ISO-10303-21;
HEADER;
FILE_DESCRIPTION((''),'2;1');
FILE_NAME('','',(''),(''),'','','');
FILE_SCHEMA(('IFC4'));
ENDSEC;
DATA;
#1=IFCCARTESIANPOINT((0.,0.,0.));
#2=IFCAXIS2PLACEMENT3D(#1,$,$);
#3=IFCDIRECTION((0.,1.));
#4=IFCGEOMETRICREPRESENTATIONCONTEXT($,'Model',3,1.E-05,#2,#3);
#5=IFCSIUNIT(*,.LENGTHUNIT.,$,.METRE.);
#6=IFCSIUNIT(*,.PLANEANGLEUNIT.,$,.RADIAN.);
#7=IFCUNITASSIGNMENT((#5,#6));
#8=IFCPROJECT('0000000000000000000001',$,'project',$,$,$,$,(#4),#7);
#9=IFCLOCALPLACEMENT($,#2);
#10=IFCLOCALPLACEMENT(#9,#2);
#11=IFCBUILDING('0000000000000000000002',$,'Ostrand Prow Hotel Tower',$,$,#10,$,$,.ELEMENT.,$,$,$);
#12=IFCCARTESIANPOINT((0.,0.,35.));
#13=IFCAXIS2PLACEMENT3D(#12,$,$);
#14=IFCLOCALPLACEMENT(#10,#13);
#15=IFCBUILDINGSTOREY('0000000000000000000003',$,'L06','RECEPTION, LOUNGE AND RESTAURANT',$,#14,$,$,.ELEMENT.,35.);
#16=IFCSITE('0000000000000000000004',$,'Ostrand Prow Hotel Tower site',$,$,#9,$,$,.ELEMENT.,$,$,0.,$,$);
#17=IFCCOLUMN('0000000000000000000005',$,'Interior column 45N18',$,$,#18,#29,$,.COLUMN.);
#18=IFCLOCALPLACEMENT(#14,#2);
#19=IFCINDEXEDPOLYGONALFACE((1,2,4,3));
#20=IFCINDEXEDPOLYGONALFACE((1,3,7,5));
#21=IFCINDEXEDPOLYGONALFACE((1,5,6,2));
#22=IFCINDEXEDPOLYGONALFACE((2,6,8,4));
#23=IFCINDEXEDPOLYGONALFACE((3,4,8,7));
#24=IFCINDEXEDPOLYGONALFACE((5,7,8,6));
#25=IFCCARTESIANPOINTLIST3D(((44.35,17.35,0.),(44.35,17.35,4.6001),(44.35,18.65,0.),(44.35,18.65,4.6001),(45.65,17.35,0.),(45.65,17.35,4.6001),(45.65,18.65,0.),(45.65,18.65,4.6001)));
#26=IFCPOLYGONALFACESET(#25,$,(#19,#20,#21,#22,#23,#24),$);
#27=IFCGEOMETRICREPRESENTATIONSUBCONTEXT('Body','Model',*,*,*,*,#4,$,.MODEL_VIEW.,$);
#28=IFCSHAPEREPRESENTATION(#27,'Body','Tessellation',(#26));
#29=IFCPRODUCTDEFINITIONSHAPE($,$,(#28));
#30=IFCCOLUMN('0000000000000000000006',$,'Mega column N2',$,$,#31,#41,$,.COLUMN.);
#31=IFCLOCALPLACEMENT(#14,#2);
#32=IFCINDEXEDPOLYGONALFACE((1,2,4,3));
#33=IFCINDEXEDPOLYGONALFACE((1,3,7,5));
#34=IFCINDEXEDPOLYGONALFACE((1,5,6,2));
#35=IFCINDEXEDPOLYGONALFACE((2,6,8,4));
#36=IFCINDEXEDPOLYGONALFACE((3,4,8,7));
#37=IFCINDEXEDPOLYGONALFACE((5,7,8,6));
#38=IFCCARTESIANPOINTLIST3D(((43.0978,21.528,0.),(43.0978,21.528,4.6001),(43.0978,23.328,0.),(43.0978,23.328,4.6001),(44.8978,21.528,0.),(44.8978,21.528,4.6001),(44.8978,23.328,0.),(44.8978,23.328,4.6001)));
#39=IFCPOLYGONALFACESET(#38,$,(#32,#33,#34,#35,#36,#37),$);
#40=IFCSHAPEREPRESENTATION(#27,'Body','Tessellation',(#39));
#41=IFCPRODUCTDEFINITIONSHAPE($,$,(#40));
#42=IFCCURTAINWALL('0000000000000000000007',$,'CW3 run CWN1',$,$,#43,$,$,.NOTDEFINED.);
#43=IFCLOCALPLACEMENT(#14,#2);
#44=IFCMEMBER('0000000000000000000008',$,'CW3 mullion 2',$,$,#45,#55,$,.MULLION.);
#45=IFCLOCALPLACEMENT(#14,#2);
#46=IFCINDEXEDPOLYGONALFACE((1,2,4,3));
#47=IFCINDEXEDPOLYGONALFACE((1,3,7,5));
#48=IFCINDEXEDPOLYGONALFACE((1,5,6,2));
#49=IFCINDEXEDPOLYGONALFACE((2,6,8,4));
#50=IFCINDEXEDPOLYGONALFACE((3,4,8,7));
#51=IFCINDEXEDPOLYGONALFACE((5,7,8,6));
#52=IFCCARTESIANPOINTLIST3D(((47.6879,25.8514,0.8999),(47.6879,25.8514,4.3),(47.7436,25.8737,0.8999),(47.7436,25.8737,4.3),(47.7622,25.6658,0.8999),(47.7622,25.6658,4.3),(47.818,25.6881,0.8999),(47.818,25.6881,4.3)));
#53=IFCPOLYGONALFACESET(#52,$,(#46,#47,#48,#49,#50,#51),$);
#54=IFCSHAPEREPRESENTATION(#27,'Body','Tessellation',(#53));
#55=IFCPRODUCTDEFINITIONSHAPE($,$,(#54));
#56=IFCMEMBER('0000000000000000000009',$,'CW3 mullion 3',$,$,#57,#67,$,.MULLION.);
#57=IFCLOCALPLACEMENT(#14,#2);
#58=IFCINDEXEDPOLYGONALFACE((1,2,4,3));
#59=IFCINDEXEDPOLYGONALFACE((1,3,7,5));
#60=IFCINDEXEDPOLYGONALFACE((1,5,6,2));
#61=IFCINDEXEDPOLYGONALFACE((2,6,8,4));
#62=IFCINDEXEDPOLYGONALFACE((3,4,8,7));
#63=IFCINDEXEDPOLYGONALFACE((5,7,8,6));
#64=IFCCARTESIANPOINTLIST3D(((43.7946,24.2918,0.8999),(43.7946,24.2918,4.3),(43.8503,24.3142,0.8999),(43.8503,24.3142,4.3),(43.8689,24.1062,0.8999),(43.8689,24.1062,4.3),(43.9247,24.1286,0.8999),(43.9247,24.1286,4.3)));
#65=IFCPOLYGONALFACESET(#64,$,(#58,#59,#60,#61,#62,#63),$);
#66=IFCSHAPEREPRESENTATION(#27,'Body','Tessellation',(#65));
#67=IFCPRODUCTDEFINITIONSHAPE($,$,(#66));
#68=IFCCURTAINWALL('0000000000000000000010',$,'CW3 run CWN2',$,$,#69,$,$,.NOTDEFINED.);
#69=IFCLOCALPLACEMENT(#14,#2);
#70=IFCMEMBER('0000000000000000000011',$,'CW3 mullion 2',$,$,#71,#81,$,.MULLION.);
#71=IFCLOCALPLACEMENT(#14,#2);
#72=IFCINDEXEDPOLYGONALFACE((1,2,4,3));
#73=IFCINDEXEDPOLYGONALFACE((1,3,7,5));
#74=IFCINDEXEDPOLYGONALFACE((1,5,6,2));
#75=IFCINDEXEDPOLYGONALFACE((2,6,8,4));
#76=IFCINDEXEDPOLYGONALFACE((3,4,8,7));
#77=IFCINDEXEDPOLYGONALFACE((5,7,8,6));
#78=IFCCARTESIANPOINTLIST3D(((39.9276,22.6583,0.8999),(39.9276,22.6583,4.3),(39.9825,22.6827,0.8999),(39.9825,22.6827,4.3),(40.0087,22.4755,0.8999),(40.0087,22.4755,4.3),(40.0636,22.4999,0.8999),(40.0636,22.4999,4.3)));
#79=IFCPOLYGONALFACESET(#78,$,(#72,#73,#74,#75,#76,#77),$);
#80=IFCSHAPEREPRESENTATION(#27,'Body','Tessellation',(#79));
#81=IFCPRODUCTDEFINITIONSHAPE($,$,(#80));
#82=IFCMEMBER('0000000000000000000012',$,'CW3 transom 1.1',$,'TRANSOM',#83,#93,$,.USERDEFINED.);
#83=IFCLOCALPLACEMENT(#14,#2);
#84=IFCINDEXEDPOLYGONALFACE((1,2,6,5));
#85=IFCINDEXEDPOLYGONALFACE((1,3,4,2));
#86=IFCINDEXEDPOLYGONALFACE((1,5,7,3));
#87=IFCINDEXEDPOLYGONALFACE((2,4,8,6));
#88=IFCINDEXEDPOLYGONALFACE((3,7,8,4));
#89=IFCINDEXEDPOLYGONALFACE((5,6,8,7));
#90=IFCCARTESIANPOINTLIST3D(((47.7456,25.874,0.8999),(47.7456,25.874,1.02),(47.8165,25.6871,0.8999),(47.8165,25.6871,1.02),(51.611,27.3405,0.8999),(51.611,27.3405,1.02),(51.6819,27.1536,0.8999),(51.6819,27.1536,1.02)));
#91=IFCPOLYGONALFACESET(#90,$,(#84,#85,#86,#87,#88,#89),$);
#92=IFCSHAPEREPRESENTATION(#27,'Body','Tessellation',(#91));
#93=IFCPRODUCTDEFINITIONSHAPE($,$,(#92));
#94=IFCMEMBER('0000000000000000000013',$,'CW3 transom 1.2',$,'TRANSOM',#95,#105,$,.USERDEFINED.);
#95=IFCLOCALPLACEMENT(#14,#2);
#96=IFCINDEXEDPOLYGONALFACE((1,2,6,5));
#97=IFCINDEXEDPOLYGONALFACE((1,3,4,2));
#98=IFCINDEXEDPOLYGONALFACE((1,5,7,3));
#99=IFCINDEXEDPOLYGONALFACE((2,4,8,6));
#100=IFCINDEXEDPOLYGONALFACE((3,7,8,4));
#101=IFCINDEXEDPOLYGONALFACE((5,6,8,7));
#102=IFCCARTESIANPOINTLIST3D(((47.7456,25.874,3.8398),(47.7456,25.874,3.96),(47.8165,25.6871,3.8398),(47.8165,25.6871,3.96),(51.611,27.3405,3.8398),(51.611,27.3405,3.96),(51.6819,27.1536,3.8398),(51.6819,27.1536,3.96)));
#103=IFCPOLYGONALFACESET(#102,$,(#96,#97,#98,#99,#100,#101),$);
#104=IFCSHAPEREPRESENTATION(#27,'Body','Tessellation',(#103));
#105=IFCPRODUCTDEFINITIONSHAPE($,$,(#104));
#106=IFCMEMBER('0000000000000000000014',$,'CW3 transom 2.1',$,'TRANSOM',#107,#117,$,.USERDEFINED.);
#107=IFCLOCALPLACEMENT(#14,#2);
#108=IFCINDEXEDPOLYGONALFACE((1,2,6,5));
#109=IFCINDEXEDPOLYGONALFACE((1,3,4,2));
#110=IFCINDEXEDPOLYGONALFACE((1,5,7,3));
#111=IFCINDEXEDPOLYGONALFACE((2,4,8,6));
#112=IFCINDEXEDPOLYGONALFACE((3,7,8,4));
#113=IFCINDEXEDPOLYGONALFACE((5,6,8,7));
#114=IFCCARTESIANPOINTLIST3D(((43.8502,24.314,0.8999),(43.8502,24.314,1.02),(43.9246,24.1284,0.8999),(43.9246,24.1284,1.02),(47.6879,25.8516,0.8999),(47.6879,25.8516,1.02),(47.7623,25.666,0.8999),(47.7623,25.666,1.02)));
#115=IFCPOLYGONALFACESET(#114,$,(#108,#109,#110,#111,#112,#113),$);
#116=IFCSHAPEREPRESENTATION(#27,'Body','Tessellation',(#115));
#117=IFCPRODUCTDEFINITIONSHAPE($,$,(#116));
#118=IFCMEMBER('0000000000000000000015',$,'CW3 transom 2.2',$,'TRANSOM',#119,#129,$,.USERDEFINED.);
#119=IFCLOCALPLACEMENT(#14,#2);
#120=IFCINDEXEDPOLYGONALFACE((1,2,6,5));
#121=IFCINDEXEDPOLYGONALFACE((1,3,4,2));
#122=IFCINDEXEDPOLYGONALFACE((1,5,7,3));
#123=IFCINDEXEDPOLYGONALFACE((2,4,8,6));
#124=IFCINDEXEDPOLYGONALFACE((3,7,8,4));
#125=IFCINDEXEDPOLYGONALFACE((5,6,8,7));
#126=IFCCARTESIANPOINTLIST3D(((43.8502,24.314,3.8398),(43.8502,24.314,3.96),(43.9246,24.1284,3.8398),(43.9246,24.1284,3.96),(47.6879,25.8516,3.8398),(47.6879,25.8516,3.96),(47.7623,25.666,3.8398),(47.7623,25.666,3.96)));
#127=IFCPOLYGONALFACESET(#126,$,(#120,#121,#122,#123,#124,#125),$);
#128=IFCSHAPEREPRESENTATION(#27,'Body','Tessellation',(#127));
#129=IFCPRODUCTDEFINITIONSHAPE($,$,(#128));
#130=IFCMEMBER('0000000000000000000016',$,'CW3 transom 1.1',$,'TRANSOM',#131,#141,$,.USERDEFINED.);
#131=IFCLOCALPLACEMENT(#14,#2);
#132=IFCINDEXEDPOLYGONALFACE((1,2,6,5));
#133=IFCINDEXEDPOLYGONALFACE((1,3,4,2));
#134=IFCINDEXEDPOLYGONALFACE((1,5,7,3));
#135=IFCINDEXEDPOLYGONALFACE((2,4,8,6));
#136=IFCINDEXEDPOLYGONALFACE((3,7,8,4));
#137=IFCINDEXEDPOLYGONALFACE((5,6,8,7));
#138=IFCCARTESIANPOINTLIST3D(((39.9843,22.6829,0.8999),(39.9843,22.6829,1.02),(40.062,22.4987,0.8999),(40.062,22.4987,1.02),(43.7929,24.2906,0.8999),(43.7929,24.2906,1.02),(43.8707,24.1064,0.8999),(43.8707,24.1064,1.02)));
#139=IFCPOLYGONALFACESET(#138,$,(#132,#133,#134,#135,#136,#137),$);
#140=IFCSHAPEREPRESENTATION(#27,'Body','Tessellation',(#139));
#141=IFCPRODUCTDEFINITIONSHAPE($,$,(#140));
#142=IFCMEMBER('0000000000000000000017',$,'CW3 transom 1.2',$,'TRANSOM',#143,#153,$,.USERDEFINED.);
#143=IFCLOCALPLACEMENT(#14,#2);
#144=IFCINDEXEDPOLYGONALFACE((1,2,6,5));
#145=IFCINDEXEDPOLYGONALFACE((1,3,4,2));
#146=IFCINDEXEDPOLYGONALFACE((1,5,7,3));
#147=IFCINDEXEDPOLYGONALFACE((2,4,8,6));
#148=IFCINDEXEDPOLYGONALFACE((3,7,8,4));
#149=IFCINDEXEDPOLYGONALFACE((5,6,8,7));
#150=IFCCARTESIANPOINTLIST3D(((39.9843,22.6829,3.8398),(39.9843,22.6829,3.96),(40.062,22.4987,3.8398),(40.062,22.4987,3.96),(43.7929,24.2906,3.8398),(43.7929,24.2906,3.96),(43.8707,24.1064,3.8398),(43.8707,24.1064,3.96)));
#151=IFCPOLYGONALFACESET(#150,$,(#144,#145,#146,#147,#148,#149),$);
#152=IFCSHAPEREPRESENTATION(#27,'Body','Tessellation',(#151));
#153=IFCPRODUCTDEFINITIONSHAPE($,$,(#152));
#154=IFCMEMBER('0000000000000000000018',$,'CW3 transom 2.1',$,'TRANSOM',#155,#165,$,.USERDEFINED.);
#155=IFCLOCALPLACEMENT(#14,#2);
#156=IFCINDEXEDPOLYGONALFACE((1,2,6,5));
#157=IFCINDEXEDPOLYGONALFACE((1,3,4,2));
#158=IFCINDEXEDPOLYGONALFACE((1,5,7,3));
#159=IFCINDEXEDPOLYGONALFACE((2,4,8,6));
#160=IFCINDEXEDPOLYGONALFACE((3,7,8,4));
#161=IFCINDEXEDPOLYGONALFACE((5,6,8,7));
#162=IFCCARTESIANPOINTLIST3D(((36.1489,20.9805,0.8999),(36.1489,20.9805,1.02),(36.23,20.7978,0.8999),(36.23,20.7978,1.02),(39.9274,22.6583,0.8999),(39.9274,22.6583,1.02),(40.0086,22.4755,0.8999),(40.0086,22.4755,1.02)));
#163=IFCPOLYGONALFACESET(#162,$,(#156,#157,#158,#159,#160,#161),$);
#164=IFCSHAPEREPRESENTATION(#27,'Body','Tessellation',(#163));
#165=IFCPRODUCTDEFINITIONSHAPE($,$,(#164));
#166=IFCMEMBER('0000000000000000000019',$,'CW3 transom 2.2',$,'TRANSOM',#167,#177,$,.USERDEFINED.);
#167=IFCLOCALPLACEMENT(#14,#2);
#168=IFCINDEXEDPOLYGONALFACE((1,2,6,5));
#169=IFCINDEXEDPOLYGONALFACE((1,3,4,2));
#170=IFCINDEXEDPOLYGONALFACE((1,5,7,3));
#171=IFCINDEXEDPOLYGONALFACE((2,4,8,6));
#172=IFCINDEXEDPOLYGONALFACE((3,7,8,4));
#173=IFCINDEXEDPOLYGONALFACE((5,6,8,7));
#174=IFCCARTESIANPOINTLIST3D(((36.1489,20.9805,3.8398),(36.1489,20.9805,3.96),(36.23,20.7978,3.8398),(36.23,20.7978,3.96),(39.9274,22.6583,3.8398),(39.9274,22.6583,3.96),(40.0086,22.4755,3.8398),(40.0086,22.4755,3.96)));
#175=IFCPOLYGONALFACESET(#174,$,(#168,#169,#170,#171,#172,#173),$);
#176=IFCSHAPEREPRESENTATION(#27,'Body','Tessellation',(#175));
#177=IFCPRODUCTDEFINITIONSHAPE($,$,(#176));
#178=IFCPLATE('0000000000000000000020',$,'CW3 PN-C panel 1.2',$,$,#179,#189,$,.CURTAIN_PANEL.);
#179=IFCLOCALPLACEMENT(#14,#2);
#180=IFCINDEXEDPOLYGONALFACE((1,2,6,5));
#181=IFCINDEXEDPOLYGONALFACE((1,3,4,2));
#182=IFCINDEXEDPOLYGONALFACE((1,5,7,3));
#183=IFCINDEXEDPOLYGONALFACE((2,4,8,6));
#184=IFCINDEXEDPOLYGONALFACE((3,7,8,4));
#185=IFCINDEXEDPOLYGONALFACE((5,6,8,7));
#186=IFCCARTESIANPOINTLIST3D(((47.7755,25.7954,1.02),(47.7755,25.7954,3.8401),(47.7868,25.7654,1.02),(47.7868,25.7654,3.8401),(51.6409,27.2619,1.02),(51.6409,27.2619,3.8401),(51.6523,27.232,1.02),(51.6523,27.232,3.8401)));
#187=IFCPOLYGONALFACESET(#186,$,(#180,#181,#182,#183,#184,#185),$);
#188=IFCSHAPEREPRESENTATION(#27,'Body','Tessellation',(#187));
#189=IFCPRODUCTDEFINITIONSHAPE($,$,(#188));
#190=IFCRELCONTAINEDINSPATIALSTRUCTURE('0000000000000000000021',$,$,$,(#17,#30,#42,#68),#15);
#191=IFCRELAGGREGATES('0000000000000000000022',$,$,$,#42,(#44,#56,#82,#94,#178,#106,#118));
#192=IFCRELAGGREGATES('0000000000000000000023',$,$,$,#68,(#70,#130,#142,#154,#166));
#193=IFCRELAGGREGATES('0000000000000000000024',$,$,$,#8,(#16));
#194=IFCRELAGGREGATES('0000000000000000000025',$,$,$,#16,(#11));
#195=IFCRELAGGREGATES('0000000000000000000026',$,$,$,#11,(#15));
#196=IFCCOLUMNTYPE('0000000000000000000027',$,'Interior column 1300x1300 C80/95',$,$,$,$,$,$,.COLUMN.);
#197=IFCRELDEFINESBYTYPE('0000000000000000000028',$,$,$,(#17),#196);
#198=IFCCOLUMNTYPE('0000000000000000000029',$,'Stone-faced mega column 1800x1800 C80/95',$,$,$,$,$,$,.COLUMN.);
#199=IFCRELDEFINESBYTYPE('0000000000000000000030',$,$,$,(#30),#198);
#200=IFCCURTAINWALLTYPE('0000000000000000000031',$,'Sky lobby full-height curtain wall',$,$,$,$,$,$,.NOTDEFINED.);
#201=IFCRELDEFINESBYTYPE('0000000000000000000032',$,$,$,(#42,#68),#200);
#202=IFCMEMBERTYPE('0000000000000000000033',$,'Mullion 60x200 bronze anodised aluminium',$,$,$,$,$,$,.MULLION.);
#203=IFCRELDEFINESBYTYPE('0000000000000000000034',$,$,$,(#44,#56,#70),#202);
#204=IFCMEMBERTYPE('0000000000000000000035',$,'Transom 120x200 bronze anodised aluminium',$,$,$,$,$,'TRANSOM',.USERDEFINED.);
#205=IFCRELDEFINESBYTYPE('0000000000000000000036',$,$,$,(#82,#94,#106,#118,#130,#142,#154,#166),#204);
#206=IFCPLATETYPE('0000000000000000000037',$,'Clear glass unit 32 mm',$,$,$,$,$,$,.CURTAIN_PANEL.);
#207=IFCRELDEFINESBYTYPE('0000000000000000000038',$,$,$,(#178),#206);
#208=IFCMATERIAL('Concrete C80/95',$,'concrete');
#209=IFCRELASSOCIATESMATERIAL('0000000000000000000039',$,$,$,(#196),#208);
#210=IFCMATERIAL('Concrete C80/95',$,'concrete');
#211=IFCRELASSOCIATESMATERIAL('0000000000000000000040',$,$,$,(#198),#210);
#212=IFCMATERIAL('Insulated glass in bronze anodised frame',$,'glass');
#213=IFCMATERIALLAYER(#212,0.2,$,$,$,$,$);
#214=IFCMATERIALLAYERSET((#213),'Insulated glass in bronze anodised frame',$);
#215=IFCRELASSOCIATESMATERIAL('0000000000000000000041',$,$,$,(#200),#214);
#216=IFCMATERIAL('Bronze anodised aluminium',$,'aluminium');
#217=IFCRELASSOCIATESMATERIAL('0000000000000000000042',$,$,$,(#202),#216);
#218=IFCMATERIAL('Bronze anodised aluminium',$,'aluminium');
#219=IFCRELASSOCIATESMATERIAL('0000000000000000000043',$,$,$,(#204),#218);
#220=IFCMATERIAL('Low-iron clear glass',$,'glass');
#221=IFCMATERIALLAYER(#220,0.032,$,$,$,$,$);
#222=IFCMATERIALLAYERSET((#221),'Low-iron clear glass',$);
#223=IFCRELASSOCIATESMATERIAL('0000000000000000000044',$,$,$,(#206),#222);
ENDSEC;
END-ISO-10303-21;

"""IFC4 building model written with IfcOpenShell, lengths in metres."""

from ifc_helpers import new_model, si_unit, direction, frame, origin, origin_2d, place, context, subcontext, project, spatial, rectangle, extrude, material, layer, layer_set, material_profile, profile_set, type_object, element, aggregate, save


model = new_model("IFC4")

# Units and contexts
model_context = context("Model", 3, precision=1e-05, world=origin(), true_north=direction((0.0, 1.0)))
body_context = subcontext(model_context, "Body", "Model", "MODEL_VIEW")
ifc_project = project(units=[si_unit("LENGTHUNIT", "METRE"), si_unit("PLANEANGLEUNIT", "RADIAN")], contexts=[model_context])

# Site, building, storey
site_placement = place(None, origin())
site = spatial("IfcSite", under=ifc_project, at=site_placement, Name="Ostrand Prow Hotel Tower site", CompositionType="ELEMENT", RefElevation=0.0)
building_placement = place(site_placement, origin())
building = spatial("IfcBuilding", under=site, at=building_placement, Name="Ostrand Prow Hotel Tower", CompositionType="ELEMENT")
storey_placement = place(building_placement, frame((0.0, 0.0, 35.0)))
storey = spatial("IfcBuildingStorey", under=building, at=storey_placement, Name="L06", Description="RECEPTION, LOUNGE AND RESTAURANT", CompositionType="ELEMENT", Elevation=35.0)

# Columns
ifc_material_1 = material(Name="Concrete C80/95", Category="concrete")
ifc_material_profile_1 = material_profile(ifc_material_1, rectangle(XDim=1.3, YDim=1.3, at=origin_2d()), Name="RC 1300x1300")
ifc_profile_set_1 = profile_set([ifc_material_profile_1], Name="Concrete C80/95")
column_type_1 = type_object("IfcColumnType", Name="Interior column 1300x1300 C80/95", PredefinedType="COLUMN", material=ifc_profile_set_1)
column_1_placement = place(storey_placement, frame((45.0, 18.0, 0.0), z_axis=(0.0, 0.0, 1.0), x_axis=(1.0, 0.0, 0.0)))
element("IfcColumn", 1, at=column_1_placement, inside=storey, type_object=column_type_1, Name="Interior column 45N18", PredefinedType="COLUMN", context=body_context, shape_type="SweptSolid", body=[
    extrude(rectangle(XDim=1.3, YDim=1.3, at=origin_2d()), origin(), (0.0, 0.0, 1.0), 4.6001),
])
ifc_material_2 = material(Name="Concrete C80/95", Category="concrete")
ifc_material_profile_2 = material_profile(ifc_material_2, rectangle(XDim=1.8, YDim=1.8, at=origin_2d()), Name="RC 1800x1800")
ifc_profile_set_2 = profile_set([ifc_material_profile_2], Name="Concrete C80/95")
column_type_2 = type_object("IfcColumnType", Name="Stone-faced mega column 1800x1800 C80/95", PredefinedType="COLUMN", material=ifc_profile_set_2)
column_2_placement = place(storey_placement, frame((43.9978, 22.428, 0.0), z_axis=(0.0, 0.0, 1.0), x_axis=(1.0, 0.0, 0.0)))
element("IfcColumn", 2, at=column_2_placement, inside=storey, type_object=column_type_2, Name="Mega column N2", PredefinedType="COLUMN", context=body_context, shape_type="SweptSolid", body=[
    extrude(rectangle(XDim=1.8, YDim=1.8, at=origin_2d()), origin(), (0.0, 0.0, 1.0), 4.6001),
])

# Curtain wall, members
ifc_material_3 = material(Name="Insulated glass in bronze anodised frame", Category="glass")
ifc_layer_1 = layer(ifc_material_3, 0.2)
ifc_layer_set_1 = layer_set([ifc_layer_1], Name="Insulated glass in bronze anodised frame")
curtain_wall_type = type_object("IfcCurtainWallType", Name="Sky lobby full-height curtain wall", PredefinedType="NOTDEFINED", material=ifc_layer_set_1)
curtain_wall_1_placement = place(storey_placement, origin())
curtain_wall_1 = element("IfcCurtainWall", 3, at=curtain_wall_1_placement, inside=storey, type_object=curtain_wall_type, Name="CW3 run CWN1", PredefinedType="NOTDEFINED")
ifc_material_4 = material(Name="Bronze anodised aluminium", Category="aluminium")
ifc_material_profile_3 = material_profile(ifc_material_4, rectangle(XDim=0.2, YDim=0.0601, at=origin_2d()), Name="Mullion 60x200 bronze anodised aluminium")
ifc_profile_set_3 = profile_set([ifc_material_profile_3], Name="Bronze anodised aluminium")
member_type_1 = type_object("IfcMemberType", Name="Mullion 60x200 bronze anodised aluminium", PredefinedType="MULLION", material=ifc_profile_set_3)
member_1_placement = place(storey_placement, frame((47.7529, 25.7698, 0.8999), z_axis=(0.0, 0.0, 1.0), x_axis=(0.371873, -0.928283, 0.0)))
member_1 = element("IfcMember", 4, at=member_1_placement, type_object=member_type_1, Name="CW3 mullion 2", PredefinedType="MULLION", context=body_context, shape_type="SweptSolid", body=[
    extrude(rectangle(XDim=0.2, YDim=0.0601, at=origin_2d()), origin(), (0.0, 0.0, 1.0), 3.4001),
])
member_2_placement = place(storey_placement, frame((43.8596, 24.2102, 0.8999), z_axis=(0.0, 0.0, 1.0), x_axis=(0.371873, -0.928283, 0.0)))
member_2 = element("IfcMember", 5, at=member_2_placement, type_object=member_type_1, Name="CW3 mullion 3", PredefinedType="MULLION", context=body_context, shape_type="SweptSolid", body=[
    extrude(rectangle(XDim=0.2, YDim=0.0601, at=origin_2d()), origin(), (0.0, 0.0, 1.0), 3.4001),
])

# Curtain wall, member
curtain_wall_2_placement = place(storey_placement, origin())
curtain_wall_2 = element("IfcCurtainWall", 6, at=curtain_wall_2_placement, inside=storey, type_object=curtain_wall_type, Name="CW3 run CWN2", PredefinedType="NOTDEFINED")
member_3_placement = place(storey_placement, frame((39.9956, 22.5791, 0.8999), z_axis=(0.0, 0.0, 1.0), x_axis=(0.40578, -0.913971, 0.0)))
member_3 = element("IfcMember", 7, at=member_3_placement, type_object=member_type_1, Name="CW3 mullion 2", PredefinedType="MULLION", context=body_context, shape_type="SweptSolid", body=[
    extrude(rectangle(XDim=0.2, YDim=0.0601, at=origin_2d()), origin(), (0.0, 0.0, 1.0), 3.4001),
])

# Members
ifc_material_5 = material(Name="Bronze anodised aluminium", Category="aluminium")
ifc_material_profile_4 = material_profile(ifc_material_5, rectangle(XDim=0.2, YDim=0.1201, at=origin_2d()), Name="Transom 120x200 bronze anodised aluminium")
ifc_profile_set_4 = profile_set([ifc_material_profile_4], Name="Bronze anodised aluminium")
member_type_2 = type_object("IfcMemberType", Name="Transom 120x200 bronze anodised aluminium", ElementType="TRANSOM", PredefinedType="USERDEFINED", material=ifc_profile_set_4)
member_4_placement = place(storey_placement, frame((51.6465, 27.2471, 0.96), z_axis=(-0.934971, -0.354725, 0.0), x_axis=(0.354725, -0.934971, 0.0)))
member_4 = element("IfcMember", 8, at=member_4_placement, type_object=member_type_2, Name="CW3 transom 1.1", ObjectType="TRANSOM", PredefinedType="USERDEFINED", context=body_context, shape_type="SweptSolid", body=[
    extrude(rectangle(XDim=0.2, YDim=0.1201, at=origin_2d()), origin(), (0.0, 0.0, 1.0), 4.1343),
])
member_5_placement = place(storey_placement, frame((51.6465, 27.2471, 3.8999), z_axis=(-0.934971, -0.354725, 0.0), x_axis=(0.354725, -0.934971, 0.0)))
member_5 = element("IfcMember", 9, at=member_5_placement, type_object=member_type_2, Name="CW3 transom 1.2", ObjectType="TRANSOM", PredefinedType="USERDEFINED", context=body_context, shape_type="SweptSolid", body=[
    extrude(rectangle(XDim=0.2, YDim=0.1201, at=origin_2d()), origin(), (0.0, 0.0, 1.0), 4.1343),
])
member_6_placement = place(storey_placement, frame((47.7251, 25.7588, 0.96), z_axis=(-0.928265, -0.37192, 0.0), x_axis=(0.37192, -0.928265, 0.0)))
member_6 = element("IfcMember", 10, at=member_6_placement, type_object=member_type_2, Name="CW3 transom 2.1", ObjectType="TRANSOM", PredefinedType="USERDEFINED", context=body_context, shape_type="SweptSolid", body=[
    extrude(rectangle(XDim=0.2, YDim=0.1201, at=origin_2d()), origin(), (0.0, 0.0, 1.0), 4.1343),
])
member_7_placement = place(storey_placement, frame((47.7251, 25.7588, 3.8999), z_axis=(-0.928265, -0.37192, 0.0), x_axis=(0.37192, -0.928265, 0.0)))
member_7 = element("IfcMember", 11, at=member_7_placement, type_object=member_type_2, Name="CW3 transom 2.2", ObjectType="TRANSOM", PredefinedType="USERDEFINED", context=body_context, shape_type="SweptSolid", body=[
    extrude(rectangle(XDim=0.2, YDim=0.1201, at=origin_2d()), origin(), (0.0, 0.0, 1.0), 4.1343),
])
member_8_placement = place(storey_placement, frame((43.8318, 24.1985, 0.96), z_axis=(-0.921285, -0.388888, 0.0), x_axis=(0.388888, -0.921285, 0.0)))
member_8 = element("IfcMember", 12, at=member_8_placement, type_object=member_type_2, Name="CW3 transom 1.1", ObjectType="TRANSOM", PredefinedType="USERDEFINED", context=body_context, shape_type="SweptSolid", body=[
    extrude(rectangle(XDim=0.2, YDim=0.1201, at=origin_2d()), origin(), (0.0, 0.0, 1.0), 4.134),
])
member_9_placement = place(storey_placement, frame((43.8318, 24.1985, 3.8999), z_axis=(-0.921285, -0.388888, 0.0), x_axis=(0.388888, -0.921285, 0.0)))
member_9 = element("IfcMember", 13, at=member_9_placement, type_object=member_type_2, Name="CW3 transom 1.2", ObjectType="TRANSOM", PredefinedType="USERDEFINED", context=body_context, shape_type="SweptSolid", body=[
    extrude(rectangle(XDim=0.2, YDim=0.1201, at=origin_2d()), origin(), (0.0, 0.0, 1.0), 4.134),
])
member_10_placement = place(storey_placement, frame((39.968, 22.5669, 0.96), z_axis=(-0.913958, -0.40581, 0.0), x_axis=(0.40581, -0.913958, 0.0)))
member_10 = element("IfcMember", 14, at=member_10_placement, type_object=member_type_2, Name="CW3 transom 2.1", ObjectType="TRANSOM", PredefinedType="USERDEFINED", context=body_context, shape_type="SweptSolid", body=[
    extrude(rectangle(XDim=0.2, YDim=0.1201, at=origin_2d()), origin(), (0.0, 0.0, 1.0), 4.1343),
])
member_11_placement = place(storey_placement, frame((39.968, 22.5669, 3.8999), z_axis=(-0.913958, -0.40581, 0.0), x_axis=(0.40581, -0.913958, 0.0)))
member_11 = element("IfcMember", 15, at=member_11_placement, type_object=member_type_2, Name="CW3 transom 2.2", ObjectType="TRANSOM", PredefinedType="USERDEFINED", context=body_context, shape_type="SweptSolid", body=[
    extrude(rectangle(XDim=0.2, YDim=0.1201, at=origin_2d()), origin(), (0.0, 0.0, 1.0), 4.1343),
])

# Plate
ifc_material_6 = material(Name="Low-iron clear glass", Category="glass")
ifc_layer_2 = layer(ifc_material_6, 0.032)
ifc_layer_set_2 = layer_set([ifc_layer_2], Name="Low-iron clear glass")
plate_type_1 = type_object("IfcPlateType", Name="Clear glass unit 32 mm", PredefinedType="CURTAIN_PANEL", material=ifc_layer_set_2)
plate_1_placement = place(storey_placement, frame((49.7139, 26.5137, 1.02), z_axis=(0.0, 0.0, 1.0), x_axis=(-0.934969, -0.354728, 0.0)))
plate_1 = element("IfcPlate", 16, at=plate_1_placement, type_object=plate_type_1, Name="CW3 PN-C panel 1.2", PredefinedType="CURTAIN_PANEL", context=body_context, shape_type="SweptSolid", body=[
    extrude(rectangle(XDim=4.1343, YDim=0.032, at=origin_2d()), origin(), (0.0, 0.0, 1.0), 2.8201),
])
aggregate(curtain_wall_1, [member_1, member_2, member_4, member_5, plate_1, member_6, member_7])
aggregate(curtain_wall_2, [member_3, member_8, member_9, member_10, member_11])

save(model, "model.ifc")
